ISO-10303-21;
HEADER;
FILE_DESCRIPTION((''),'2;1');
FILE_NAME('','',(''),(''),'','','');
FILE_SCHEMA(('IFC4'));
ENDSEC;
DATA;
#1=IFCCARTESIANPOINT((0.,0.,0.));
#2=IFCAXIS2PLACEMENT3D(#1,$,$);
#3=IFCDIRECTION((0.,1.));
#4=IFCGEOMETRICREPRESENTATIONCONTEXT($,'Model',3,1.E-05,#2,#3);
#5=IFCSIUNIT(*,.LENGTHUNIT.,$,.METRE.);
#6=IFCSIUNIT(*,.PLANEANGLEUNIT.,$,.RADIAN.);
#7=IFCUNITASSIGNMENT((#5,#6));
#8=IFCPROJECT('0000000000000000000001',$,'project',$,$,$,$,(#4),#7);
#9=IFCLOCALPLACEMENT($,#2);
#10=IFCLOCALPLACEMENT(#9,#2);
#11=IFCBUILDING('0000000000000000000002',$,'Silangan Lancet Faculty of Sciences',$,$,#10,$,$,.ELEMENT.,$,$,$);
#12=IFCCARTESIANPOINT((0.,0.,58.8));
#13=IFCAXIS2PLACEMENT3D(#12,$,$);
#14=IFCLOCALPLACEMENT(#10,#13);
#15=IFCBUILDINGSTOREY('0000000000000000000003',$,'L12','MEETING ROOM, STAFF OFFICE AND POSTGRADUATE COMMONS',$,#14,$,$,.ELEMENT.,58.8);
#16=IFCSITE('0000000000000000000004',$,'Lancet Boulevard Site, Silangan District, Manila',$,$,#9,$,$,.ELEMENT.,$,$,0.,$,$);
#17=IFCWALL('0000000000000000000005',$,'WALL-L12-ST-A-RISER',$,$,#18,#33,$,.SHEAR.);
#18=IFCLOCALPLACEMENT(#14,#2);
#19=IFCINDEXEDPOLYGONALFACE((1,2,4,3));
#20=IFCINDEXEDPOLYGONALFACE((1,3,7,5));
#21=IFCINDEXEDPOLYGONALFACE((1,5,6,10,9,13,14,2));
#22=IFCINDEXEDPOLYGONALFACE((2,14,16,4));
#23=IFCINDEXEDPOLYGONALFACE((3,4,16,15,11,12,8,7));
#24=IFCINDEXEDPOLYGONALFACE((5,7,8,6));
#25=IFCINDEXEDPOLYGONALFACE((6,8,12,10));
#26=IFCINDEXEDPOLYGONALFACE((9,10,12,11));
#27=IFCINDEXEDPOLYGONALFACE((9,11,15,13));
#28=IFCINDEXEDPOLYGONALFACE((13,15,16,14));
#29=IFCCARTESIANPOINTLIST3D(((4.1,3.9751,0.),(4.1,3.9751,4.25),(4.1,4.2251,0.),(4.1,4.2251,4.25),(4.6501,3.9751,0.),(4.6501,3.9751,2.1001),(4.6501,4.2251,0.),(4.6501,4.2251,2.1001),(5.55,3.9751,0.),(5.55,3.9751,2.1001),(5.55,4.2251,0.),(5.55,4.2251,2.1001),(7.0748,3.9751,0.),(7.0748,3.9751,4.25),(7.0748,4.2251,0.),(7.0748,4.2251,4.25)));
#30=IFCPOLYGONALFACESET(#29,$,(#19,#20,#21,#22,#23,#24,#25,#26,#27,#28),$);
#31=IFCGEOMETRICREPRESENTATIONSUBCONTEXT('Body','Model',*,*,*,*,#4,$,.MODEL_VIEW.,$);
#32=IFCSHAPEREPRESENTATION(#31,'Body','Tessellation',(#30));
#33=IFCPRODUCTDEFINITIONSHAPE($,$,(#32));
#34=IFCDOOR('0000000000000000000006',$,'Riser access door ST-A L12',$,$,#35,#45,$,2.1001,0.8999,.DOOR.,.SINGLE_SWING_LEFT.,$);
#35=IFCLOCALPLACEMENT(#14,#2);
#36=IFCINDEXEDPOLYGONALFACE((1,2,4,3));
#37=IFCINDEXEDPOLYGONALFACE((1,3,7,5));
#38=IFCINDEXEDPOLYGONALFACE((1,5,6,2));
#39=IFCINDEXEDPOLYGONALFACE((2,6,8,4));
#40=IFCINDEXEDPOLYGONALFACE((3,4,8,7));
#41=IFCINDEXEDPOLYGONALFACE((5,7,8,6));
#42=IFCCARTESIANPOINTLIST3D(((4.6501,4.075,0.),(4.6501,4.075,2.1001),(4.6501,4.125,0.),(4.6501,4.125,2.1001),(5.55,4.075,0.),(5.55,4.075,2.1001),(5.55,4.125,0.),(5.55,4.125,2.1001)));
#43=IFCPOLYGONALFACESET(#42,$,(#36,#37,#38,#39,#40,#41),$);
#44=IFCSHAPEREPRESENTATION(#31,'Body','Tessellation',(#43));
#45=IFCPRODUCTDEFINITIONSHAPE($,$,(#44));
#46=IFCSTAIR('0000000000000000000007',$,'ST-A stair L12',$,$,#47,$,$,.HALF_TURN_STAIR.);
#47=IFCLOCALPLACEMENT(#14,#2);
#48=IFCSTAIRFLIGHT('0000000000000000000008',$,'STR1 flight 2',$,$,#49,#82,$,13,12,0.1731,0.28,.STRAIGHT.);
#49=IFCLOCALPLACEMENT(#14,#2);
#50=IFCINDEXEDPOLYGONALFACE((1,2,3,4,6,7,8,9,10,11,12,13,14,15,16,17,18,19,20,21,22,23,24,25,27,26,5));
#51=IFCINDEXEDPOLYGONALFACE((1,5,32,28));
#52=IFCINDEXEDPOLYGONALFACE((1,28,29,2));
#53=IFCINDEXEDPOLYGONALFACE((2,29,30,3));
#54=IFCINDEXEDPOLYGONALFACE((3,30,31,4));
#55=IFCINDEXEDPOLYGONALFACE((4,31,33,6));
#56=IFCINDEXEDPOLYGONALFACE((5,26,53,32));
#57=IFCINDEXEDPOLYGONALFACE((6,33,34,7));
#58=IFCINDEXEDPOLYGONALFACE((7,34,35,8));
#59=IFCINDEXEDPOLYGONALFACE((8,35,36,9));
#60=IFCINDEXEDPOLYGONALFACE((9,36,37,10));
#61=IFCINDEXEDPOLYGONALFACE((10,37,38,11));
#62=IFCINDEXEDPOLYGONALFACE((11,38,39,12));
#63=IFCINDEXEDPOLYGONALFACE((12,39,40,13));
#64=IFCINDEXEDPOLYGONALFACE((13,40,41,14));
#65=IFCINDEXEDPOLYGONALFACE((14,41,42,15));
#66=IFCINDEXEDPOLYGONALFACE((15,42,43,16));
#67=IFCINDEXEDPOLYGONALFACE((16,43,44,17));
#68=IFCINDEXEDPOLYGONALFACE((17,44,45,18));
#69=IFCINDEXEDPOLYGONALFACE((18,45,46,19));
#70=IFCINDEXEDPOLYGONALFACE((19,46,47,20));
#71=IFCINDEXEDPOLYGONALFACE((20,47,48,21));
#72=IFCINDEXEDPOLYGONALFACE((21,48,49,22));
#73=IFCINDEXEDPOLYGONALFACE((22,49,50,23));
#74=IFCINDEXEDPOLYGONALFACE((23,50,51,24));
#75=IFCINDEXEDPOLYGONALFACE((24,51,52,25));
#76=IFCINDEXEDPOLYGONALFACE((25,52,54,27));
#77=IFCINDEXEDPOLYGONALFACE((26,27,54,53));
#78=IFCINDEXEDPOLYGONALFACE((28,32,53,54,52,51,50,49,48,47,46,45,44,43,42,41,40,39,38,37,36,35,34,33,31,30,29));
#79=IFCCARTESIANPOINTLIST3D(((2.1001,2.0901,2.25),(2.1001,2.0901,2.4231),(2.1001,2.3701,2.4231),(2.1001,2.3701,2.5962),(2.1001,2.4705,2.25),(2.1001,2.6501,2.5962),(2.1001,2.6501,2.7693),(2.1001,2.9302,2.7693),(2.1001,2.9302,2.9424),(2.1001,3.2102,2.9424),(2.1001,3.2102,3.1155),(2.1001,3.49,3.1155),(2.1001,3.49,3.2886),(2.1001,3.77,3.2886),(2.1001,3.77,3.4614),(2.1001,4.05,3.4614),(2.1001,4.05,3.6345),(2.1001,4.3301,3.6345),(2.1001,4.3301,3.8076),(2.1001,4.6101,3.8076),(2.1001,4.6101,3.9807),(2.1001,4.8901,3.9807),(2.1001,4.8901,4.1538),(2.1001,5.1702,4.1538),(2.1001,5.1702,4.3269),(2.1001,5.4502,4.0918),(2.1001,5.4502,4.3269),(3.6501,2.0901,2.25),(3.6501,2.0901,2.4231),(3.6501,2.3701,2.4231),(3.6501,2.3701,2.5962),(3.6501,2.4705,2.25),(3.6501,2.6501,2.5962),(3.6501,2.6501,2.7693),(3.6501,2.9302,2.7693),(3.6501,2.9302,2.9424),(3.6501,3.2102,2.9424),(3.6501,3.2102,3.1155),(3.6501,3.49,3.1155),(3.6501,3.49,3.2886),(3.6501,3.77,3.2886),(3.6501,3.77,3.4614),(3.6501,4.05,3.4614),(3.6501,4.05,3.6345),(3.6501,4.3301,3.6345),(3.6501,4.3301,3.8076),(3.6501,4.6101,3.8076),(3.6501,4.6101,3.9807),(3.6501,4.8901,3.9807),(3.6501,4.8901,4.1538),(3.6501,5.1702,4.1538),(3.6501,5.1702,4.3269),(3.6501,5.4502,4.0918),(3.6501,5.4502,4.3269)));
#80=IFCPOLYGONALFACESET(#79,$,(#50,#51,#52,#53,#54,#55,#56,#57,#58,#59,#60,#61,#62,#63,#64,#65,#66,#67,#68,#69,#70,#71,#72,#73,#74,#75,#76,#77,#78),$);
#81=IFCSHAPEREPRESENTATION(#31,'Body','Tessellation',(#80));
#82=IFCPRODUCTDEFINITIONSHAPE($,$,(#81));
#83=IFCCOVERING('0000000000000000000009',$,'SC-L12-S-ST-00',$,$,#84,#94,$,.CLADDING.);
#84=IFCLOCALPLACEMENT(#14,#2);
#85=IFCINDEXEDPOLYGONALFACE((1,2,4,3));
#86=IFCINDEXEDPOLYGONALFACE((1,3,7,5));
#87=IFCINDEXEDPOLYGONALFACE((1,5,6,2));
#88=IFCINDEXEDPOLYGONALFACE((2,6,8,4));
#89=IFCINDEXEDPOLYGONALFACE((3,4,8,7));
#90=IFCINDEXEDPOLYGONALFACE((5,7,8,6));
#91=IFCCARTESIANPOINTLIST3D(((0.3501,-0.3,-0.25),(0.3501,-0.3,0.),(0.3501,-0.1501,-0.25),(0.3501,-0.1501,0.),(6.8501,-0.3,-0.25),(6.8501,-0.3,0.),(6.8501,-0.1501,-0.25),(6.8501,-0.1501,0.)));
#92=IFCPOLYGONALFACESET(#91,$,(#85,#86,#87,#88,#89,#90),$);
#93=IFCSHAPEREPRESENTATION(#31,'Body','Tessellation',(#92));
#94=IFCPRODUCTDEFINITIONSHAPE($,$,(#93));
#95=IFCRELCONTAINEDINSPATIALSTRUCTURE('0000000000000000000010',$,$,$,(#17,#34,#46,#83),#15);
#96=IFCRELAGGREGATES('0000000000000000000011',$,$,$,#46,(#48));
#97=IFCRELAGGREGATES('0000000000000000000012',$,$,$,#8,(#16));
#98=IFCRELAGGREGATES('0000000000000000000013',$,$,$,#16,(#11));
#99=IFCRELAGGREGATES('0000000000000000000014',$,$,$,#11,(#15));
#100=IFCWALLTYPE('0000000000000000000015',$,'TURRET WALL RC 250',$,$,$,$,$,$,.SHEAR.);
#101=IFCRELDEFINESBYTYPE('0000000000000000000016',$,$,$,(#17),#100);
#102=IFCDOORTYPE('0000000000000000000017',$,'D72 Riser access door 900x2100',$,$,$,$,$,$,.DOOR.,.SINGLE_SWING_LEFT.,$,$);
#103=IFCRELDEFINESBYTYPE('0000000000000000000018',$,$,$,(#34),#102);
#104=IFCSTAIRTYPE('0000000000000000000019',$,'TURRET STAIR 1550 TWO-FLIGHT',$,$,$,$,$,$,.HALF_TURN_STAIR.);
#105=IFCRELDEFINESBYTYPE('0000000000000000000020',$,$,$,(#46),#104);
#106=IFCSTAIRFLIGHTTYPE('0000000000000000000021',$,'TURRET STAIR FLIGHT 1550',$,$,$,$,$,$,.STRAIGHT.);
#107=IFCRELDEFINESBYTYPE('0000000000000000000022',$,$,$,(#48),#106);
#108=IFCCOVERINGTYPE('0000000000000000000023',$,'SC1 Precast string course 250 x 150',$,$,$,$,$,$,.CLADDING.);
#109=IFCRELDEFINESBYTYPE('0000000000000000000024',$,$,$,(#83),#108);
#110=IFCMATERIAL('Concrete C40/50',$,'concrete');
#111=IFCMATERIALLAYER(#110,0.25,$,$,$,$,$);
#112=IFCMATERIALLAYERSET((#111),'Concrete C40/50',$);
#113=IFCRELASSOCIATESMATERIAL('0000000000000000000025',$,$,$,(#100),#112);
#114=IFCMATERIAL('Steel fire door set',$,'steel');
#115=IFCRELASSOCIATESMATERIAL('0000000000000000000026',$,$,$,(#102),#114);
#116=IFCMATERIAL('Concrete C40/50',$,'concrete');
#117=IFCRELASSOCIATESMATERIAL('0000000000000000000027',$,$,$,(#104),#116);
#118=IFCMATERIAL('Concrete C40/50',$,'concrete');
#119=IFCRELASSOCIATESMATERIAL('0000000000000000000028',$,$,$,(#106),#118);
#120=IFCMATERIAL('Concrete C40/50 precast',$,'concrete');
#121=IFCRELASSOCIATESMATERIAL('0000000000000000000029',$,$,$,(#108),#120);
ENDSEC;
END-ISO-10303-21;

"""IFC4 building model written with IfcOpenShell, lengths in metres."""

from ifc_helpers import new_model, si_unit, direction, frame, frame_2d, origin, origin_2d, place, context, subcontext, project, spatial, polyline, rectangle, outline, extrude, material, layer, layer_set, type_object, element, fill, aggregate, save


model = new_model("IFC4")

# Units and contexts
model_context = context("Model", 3, precision=1e-05, world=origin(), true_north=direction((0.0, 1.0)))
body_context = subcontext(model_context, "Body", "Model", "MODEL_VIEW")
ifc_project = project(units=[si_unit("LENGTHUNIT", "METRE"), si_unit("PLANEANGLEUNIT", "RADIAN")], contexts=[model_context])

# Site, building, storey
site_placement = place(None, origin())
site = spatial("IfcSite", under=ifc_project, at=site_placement, Name="Lancet Boulevard Site, Silangan District, Manila", CompositionType="ELEMENT", RefElevation=0.0)
building_placement = place(site_placement, origin())
building = spatial("IfcBuilding", under=site, at=building_placement, Name="Silangan Lancet Faculty of Sciences", CompositionType="ELEMENT")
storey_placement = place(building_placement, frame((0.0, 0.0, 58.8)))
storey = spatial("IfcBuildingStorey", under=building, at=storey_placement, Name="L12", Description="MEETING ROOM, STAFF OFFICE AND POSTGRADUATE COMMONS", CompositionType="ELEMENT", Elevation=58.8)

# Wall, opening, door
ifc_material_1 = material(Name="Concrete C40/50", Category="concrete")
ifc_layer_1 = layer(ifc_material_1, 0.25)
ifc_layer_set_1 = layer_set([ifc_layer_1], Name="Concrete C40/50")
wall_type_1 = type_object("IfcWallType", Name="TURRET WALL RC 250", PredefinedType="SHEAR", material=ifc_layer_set_1)
wall_1_placement = place(storey_placement, frame((4.1001, 4.1001, 0.0), z_axis=(0.0, 0.0, 1.0), x_axis=(1.0, 0.0, 0.0)))
wall_1 = element("IfcWall", 1, at=wall_1_placement, inside=storey, type_object=wall_type_1, Name="WALL-L12-ST-A-RISER", PredefinedType="SHEAR", context=body_context, shape_type="SweptSolid", body=[
    extrude(rectangle(XDim=2.9749, YDim=0.25, at=frame_2d((1.4873, 0.0))), origin(), (0.0, 0.0, 1.0), 4.25),
])
opening_1_placement = place(wall_1_placement, frame((0.55, 0.0, 0.0)))
opening_1 = element("IfcOpeningElement", 2, at=opening_1_placement, cuts=wall_1, PredefinedType="OPENING", context=body_context, shape_type="SweptSolid", body=[
    extrude(rectangle(XDim=0.8999, YDim=2.1001, at=frame_2d((0.45, 1.05))), frame((0.0, 0.135, 0.0), z_axis=(0.0, -1.0, 0.0), x_axis=(1.0, 0.0, 0.0)), (0.0, 0.0, 1.0), 0.27),
])
ifc_material_2 = material(Name="Steel fire door set", Category="steel")
door_type_1 = type_object("IfcDoorType", Name="D72 Riser access door 900x2100", OperationType="SINGLE_SWING_LEFT", PredefinedType="DOOR", material=ifc_material_2)
door_1_placement = place(opening_1_placement, frame((0.8999, 0.0, 0.0), z_axis=(0.0, 0.0, 1.0), x_axis=(-1.0, 0.0, 0.0)))
door_1 = element("IfcDoor", 3, at=door_1_placement, inside=storey, type_object=door_type_1, Name="Riser access door ST-A L12", OperationType="SINGLE_SWING_LEFT", OverallHeight=2.1001, OverallWidth=0.8999, PredefinedType="DOOR", context=body_context, shape_type="SweptSolid", body=[
    extrude(rectangle(XDim=0.8999, YDim=2.1001, at=frame_2d((0.45, 1.05))), frame((0.0, 0.0251, 0.0), z_axis=(0.0, -1.0, 0.0), x_axis=(1.0, 0.0, 0.0)), (0.0, 0.0, 1.0), 0.05),
])
fill(opening_1, door_1)

# Stair, stair flight
ifc_material_3 = material(Name="Concrete C40/50", Category="concrete")
stair_type = type_object("IfcStairType", Name="TURRET STAIR 1550 TWO-FLIGHT", PredefinedType="HALF_TURN_STAIR", material=ifc_material_3)
stair_placement = place(storey_placement, origin())
stair = element("IfcStair", 4, at=stair_placement, inside=storey, type_object=stair_type, Name="ST-A stair L12", PredefinedType="HALF_TURN_STAIR")
ifc_material_4 = material(Name="Concrete C40/50", Category="concrete")
stair_flight_type = type_object("IfcStairFlightType", Name="TURRET STAIR FLIGHT 1550", PredefinedType="STRAIGHT", material=ifc_material_4)
stair_flight_placement = place(storey_placement, frame((2.875, 2.0901, 2.25), z_axis=(0.0, 0.0, 1.0), x_axis=(0.0, 1.0, 0.0)))
stair_flight = element("IfcStairFlight", 5, at=stair_flight_placement, type_object=stair_flight_type, Name="STR1 flight 2", NumberOfRisers=13, NumberOfTreads=12, PredefinedType="STRAIGHT", RiserHeight=0.1731, TreadLength=0.28, context=body_context, shape_type="SweptSolid", body=[
    extrude(outline(polyline([(0.0, 0.0), (0.0, 0.1731), (0.28, 0.1731), (0.28, 0.3462), (0.5601, 0.3462), (0.5601, 0.5193), (0.8401, 0.5193), (0.8401, 0.6924), (1.1201, 0.6924), (1.1201, 0.8655), (1.3999, 0.8655), (1.3999, 1.0386), (1.6799, 1.0386), (1.6799, 1.2114), (1.96, 1.2114), (1.96, 1.3845), (2.24, 1.3845), (2.24, 1.5576), (2.52, 1.5576), (2.52, 1.7307), (2.8, 1.7307), (2.8, 1.9038), (3.0801, 1.9038), (3.0801, 2.0769), (3.3601, 2.0769), (3.3601, 2.25), (3.3601, 1.8418), (0.3804, 0.0), (0.0, 0.0)])), frame((0.0, 0.7749, 0.0), z_axis=(0.0, -1.0, 0.0), x_axis=(1.0, 0.0, 0.0)), (0.0, 0.0, 1.0), 1.55),
])
aggregate(stair, [stair_flight])

# Covering
ifc_material_5 = material(Name="Concrete C40/50 precast", Category="concrete")
covering_type = type_object("IfcCoveringType", Name="SC1 Precast string course 250 x 150", PredefinedType="CLADDING", material=ifc_material_5)
covering_placement = place(storey_placement, frame((3.6001, -0.2251, -0.25), z_axis=(0.0, 0.0, 1.0), x_axis=(1.0, 0.0, 0.0)))
element("IfcCovering", 6, at=covering_placement, inside=storey, type_object=covering_type, Name="SC-L12-S-ST-00", PredefinedType="CLADDING", context=body_context, shape_type="SweptSolid", body=[
    extrude(rectangle(XDim=6.5, YDim=0.1499, at=origin_2d()), origin(), (0.0, 0.0, 1.0), 0.25),
])

save(model, "model.ifc")
